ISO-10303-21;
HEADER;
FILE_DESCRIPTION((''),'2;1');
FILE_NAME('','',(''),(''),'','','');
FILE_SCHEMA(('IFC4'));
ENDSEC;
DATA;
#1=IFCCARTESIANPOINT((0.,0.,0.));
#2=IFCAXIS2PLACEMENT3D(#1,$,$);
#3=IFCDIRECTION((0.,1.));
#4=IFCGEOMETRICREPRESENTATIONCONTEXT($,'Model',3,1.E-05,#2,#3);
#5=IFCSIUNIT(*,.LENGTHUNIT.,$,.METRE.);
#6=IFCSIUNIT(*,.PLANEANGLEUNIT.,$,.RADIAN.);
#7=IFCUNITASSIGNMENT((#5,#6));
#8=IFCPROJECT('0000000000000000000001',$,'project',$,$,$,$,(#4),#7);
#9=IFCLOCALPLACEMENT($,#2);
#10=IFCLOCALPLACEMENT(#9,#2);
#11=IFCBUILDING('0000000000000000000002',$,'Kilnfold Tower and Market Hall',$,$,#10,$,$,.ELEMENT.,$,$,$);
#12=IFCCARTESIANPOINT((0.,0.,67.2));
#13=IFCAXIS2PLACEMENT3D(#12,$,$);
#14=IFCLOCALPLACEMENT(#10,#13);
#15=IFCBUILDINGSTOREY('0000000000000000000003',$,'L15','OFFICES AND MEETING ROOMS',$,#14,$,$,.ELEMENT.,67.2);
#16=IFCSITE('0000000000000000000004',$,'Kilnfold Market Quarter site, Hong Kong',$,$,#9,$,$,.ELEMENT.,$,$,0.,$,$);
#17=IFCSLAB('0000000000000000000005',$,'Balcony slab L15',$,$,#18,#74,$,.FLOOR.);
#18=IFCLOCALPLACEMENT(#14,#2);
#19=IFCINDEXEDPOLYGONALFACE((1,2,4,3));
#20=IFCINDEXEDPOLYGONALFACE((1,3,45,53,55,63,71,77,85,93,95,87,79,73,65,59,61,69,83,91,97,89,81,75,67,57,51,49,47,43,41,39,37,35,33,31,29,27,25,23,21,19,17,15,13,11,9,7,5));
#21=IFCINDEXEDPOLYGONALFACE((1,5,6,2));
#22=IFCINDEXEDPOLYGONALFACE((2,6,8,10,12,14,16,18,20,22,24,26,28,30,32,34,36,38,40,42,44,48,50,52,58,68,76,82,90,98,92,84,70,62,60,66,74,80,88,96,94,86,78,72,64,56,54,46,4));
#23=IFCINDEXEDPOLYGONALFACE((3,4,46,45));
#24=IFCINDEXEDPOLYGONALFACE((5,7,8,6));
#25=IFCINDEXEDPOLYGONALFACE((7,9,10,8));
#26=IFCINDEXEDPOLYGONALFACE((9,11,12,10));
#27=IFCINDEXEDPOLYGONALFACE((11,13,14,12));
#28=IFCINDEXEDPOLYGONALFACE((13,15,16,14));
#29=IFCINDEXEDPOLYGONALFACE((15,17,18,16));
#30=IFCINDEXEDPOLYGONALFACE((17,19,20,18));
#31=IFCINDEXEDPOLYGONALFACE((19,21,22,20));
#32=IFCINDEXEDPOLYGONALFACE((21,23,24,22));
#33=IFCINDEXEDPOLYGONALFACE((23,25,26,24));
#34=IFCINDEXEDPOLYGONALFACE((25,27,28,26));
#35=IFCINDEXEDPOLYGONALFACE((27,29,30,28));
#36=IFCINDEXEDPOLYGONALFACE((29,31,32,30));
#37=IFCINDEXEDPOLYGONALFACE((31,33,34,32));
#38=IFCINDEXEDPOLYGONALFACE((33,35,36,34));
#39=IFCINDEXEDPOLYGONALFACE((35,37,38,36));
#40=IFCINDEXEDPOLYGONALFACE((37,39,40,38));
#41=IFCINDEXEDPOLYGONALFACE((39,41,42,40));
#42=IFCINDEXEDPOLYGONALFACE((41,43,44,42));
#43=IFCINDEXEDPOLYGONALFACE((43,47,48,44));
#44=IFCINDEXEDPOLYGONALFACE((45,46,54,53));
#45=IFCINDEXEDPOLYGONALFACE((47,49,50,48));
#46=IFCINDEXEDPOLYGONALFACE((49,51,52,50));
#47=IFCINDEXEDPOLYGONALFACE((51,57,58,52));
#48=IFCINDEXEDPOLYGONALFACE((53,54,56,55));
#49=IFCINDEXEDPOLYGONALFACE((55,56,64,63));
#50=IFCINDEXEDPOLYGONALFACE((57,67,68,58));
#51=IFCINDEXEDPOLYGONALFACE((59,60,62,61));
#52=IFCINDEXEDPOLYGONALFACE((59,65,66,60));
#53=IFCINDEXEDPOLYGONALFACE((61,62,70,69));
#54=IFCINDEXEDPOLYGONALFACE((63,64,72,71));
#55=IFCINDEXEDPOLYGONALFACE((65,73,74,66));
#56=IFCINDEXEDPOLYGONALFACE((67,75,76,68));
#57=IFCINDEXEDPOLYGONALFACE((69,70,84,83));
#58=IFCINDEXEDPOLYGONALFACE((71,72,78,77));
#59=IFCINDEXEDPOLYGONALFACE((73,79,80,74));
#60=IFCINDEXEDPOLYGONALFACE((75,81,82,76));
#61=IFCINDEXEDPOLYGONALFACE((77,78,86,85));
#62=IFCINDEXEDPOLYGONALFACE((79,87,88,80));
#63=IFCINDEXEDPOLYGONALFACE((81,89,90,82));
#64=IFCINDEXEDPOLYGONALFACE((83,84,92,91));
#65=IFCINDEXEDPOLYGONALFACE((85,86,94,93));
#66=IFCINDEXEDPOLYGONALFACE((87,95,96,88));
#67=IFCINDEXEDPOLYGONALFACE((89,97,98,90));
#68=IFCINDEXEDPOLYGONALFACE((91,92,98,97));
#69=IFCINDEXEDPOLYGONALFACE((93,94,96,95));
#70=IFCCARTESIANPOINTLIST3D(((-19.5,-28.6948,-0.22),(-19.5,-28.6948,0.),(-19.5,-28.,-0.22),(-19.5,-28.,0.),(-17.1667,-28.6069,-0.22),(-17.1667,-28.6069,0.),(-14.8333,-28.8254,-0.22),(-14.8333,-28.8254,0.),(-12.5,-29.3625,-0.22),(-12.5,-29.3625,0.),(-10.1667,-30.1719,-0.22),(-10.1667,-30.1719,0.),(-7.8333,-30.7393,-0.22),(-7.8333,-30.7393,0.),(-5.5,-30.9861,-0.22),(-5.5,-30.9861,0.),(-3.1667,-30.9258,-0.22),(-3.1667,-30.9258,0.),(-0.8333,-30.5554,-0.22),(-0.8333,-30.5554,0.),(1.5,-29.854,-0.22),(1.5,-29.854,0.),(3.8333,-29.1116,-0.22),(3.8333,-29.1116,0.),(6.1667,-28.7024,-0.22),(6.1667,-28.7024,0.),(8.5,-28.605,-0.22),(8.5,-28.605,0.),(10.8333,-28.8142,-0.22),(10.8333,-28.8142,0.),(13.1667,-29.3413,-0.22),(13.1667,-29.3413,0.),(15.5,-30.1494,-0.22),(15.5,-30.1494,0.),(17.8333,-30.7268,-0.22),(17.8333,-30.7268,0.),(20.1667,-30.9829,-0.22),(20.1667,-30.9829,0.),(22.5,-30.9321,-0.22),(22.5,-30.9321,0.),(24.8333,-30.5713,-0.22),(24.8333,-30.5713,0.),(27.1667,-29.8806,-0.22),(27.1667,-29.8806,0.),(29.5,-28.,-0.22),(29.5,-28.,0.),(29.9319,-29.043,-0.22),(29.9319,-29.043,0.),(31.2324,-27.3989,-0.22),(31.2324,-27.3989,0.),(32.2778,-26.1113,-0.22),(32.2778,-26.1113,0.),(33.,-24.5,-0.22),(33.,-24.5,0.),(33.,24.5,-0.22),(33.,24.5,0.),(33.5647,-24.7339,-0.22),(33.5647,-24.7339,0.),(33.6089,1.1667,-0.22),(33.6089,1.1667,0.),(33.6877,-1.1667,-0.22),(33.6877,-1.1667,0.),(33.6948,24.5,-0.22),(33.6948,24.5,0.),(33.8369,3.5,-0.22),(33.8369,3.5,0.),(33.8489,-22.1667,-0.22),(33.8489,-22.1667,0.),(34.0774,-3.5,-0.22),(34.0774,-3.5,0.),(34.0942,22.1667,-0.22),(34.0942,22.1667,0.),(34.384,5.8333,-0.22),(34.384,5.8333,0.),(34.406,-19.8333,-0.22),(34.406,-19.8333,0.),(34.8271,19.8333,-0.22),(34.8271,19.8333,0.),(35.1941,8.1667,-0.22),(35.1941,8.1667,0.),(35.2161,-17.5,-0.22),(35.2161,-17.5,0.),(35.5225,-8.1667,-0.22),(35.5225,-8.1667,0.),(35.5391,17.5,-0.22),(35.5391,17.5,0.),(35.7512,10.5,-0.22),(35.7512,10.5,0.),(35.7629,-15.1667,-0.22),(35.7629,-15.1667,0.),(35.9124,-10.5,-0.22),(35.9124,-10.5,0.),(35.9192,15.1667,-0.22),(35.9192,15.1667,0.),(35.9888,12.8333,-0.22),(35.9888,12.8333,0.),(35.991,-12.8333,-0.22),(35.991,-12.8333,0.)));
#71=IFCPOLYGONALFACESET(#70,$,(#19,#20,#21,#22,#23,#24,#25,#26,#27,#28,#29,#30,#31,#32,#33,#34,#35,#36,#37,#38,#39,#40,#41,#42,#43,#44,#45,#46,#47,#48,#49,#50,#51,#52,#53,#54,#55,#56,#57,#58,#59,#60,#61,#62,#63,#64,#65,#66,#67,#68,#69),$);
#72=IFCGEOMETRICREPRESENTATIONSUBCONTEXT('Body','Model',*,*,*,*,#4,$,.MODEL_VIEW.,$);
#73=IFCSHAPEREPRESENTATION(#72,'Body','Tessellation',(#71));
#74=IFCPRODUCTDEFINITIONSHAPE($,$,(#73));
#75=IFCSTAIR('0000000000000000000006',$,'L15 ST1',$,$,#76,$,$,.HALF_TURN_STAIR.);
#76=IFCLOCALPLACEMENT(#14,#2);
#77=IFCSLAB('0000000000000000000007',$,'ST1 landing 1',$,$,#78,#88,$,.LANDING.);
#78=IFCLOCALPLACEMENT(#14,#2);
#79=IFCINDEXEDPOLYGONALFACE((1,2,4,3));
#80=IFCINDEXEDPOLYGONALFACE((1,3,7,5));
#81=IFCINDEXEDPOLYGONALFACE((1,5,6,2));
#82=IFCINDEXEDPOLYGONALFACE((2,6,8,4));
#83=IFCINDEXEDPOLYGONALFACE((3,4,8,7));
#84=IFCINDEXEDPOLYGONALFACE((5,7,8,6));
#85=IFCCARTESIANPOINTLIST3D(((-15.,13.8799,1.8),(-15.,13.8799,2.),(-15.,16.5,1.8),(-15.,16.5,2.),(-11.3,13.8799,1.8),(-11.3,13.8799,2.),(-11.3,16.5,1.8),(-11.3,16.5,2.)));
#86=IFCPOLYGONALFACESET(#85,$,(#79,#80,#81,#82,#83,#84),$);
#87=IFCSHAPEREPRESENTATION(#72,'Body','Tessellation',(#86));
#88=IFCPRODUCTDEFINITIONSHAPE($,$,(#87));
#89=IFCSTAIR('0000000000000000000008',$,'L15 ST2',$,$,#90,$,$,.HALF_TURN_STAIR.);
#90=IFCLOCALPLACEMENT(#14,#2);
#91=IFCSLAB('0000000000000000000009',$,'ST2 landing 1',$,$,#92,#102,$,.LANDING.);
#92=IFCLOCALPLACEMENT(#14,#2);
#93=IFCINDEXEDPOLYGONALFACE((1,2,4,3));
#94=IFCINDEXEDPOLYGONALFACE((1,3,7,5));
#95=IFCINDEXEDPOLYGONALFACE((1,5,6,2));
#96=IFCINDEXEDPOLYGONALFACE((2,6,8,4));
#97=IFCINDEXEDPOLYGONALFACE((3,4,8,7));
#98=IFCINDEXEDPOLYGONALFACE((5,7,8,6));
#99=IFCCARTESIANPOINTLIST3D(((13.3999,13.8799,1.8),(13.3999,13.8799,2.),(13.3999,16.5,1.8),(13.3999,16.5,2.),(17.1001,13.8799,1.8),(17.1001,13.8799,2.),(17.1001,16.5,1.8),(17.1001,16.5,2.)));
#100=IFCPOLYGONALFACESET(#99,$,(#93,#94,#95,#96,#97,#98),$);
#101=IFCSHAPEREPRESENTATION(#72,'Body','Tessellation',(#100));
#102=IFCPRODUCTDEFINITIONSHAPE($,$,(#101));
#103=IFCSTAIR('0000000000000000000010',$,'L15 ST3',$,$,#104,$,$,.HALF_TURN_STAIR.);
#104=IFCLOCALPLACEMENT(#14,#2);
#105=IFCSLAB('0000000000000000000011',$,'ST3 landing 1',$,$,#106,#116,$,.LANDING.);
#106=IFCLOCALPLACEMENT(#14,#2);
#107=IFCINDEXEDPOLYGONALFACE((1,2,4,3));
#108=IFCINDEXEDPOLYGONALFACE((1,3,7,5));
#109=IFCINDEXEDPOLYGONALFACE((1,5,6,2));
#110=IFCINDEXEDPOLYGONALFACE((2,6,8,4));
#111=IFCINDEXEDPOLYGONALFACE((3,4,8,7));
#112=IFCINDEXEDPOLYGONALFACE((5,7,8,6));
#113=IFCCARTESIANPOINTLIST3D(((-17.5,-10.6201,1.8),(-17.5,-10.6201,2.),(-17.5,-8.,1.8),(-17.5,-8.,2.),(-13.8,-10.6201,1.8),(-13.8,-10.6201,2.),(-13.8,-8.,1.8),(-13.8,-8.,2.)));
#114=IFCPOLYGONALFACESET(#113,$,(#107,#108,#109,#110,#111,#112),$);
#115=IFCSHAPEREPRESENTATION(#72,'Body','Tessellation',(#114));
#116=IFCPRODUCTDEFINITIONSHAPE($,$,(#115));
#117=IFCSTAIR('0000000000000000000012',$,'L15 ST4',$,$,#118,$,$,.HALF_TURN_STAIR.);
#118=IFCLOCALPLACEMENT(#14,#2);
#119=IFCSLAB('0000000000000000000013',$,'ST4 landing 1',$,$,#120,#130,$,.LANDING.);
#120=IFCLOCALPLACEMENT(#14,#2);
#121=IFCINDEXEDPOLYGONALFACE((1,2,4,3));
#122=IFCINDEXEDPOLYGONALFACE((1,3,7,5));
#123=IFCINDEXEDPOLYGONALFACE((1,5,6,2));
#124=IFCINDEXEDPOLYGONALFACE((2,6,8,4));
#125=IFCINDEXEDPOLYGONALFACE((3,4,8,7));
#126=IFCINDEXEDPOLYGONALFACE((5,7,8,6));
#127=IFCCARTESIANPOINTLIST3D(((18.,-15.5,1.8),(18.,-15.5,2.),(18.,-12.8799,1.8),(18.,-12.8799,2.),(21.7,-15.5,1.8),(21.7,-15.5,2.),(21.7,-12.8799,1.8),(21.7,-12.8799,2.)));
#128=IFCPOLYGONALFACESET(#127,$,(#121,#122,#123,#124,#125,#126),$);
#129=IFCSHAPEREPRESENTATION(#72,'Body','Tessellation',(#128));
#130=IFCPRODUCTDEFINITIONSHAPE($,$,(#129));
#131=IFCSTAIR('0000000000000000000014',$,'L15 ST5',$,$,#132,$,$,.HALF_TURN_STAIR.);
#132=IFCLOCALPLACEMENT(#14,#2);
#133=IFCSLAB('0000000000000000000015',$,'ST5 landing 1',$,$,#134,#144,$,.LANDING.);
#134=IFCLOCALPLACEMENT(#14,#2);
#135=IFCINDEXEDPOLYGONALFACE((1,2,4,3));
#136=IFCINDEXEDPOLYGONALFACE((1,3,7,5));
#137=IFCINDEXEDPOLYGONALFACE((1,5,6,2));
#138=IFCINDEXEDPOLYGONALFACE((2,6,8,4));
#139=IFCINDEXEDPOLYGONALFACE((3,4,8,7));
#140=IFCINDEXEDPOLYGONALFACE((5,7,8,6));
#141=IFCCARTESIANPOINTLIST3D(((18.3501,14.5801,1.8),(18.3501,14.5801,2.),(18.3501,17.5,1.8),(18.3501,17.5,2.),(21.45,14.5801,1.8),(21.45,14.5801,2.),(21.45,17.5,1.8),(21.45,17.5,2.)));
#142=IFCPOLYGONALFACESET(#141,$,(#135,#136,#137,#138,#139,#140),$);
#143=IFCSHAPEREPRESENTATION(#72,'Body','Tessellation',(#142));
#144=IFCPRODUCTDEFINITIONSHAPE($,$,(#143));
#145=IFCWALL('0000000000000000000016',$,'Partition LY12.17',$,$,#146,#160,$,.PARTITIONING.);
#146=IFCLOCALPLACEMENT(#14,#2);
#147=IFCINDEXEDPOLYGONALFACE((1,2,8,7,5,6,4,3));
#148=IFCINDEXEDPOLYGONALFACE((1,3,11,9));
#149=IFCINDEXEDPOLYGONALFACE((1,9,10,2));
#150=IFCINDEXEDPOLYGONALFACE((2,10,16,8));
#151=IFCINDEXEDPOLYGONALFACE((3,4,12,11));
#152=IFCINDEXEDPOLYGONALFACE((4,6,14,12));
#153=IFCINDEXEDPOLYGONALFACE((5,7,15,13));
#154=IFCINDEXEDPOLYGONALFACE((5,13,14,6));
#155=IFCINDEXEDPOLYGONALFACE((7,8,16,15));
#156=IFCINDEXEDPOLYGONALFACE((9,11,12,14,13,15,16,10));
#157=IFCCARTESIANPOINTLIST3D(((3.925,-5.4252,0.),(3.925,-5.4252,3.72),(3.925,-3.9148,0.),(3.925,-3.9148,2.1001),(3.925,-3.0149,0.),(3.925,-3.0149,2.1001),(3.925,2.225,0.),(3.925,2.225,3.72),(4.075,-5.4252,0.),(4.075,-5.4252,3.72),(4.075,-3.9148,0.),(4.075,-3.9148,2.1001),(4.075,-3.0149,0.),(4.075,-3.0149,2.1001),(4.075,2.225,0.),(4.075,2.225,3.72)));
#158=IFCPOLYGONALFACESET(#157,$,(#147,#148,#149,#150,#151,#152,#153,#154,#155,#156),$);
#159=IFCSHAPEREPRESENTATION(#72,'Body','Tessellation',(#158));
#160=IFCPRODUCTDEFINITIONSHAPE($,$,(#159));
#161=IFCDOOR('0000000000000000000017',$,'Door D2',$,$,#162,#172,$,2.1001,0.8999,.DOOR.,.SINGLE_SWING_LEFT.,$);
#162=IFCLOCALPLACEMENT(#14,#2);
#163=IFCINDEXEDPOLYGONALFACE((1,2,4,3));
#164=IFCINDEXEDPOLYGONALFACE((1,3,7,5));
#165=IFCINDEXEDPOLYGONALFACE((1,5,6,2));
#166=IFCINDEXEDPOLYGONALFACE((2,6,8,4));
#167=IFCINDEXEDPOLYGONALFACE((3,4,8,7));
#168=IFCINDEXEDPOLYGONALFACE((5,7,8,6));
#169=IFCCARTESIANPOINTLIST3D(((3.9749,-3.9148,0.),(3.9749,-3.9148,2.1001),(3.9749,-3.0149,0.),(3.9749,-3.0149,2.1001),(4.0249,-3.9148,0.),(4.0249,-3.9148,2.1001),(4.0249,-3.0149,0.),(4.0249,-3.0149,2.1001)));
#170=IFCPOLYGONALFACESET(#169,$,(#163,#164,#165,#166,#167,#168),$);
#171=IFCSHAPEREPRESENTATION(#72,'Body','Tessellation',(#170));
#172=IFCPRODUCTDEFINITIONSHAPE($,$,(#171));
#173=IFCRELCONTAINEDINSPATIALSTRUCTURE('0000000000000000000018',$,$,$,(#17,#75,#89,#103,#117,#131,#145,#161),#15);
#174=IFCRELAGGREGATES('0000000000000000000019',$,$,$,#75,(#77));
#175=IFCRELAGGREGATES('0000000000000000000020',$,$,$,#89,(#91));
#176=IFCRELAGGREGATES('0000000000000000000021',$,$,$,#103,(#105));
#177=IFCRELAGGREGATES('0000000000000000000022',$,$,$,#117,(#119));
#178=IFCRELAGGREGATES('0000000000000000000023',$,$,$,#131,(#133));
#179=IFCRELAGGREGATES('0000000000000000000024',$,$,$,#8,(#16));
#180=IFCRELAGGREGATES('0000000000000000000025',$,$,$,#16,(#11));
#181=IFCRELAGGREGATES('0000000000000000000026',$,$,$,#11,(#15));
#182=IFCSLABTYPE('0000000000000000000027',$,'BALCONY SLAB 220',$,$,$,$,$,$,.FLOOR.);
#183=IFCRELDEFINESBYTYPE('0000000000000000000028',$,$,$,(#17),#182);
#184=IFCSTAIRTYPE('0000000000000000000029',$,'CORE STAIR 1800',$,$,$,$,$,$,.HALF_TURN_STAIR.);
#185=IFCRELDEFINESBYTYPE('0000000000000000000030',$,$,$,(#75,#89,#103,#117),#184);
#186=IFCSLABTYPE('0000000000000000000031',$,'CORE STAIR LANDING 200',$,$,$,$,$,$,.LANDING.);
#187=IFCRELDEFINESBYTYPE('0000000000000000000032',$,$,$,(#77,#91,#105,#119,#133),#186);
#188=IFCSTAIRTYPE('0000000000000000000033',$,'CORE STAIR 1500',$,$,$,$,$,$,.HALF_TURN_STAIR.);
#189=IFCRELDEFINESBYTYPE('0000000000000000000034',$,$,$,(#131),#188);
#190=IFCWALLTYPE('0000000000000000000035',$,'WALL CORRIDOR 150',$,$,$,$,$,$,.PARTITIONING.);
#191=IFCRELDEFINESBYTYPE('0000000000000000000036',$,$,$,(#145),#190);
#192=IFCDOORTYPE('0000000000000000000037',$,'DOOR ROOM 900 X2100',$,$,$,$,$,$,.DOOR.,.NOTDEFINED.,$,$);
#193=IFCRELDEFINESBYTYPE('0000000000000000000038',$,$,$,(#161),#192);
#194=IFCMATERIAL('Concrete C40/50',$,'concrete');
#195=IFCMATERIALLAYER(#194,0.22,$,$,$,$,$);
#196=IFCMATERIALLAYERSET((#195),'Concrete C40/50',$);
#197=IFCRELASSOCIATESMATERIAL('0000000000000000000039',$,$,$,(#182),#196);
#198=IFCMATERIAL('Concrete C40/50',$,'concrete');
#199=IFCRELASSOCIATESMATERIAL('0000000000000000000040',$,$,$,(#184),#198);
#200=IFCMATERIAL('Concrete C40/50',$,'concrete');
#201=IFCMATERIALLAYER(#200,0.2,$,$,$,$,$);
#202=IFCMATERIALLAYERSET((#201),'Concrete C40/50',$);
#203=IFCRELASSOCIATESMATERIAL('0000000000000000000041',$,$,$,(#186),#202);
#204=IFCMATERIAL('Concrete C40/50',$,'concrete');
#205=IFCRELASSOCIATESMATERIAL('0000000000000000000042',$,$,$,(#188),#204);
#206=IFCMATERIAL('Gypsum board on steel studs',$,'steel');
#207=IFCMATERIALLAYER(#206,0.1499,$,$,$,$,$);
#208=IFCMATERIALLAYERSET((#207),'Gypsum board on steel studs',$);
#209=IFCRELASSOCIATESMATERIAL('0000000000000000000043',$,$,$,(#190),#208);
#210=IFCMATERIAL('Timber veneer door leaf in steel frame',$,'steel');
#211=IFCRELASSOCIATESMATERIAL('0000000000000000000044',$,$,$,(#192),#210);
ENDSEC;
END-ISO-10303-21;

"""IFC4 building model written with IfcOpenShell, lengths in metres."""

from ifc_helpers import new_model, si_unit, direction, frame, frame_2d, origin, place, context, subcontext, project, spatial, polyline, rectangle, outline, extrude, source, transform, mapped, material, layer, layer_set, type_object, element, fill, aggregate, save


model = new_model("IFC4")

# Units and contexts
model_context = context("Model", 3, precision=1e-05, world=origin(), true_north=direction((0.0, 1.0)))
body_context = subcontext(model_context, "Body", "Model", "MODEL_VIEW")
ifc_project = project(units=[si_unit("LENGTHUNIT", "METRE"), si_unit("PLANEANGLEUNIT", "RADIAN")], contexts=[model_context])

# Site, building, storey
site_placement = place(None, origin())
site = spatial("IfcSite", under=ifc_project, at=site_placement, Name="Kilnfold Market Quarter site, Hong Kong", CompositionType="ELEMENT", RefElevation=0.0)
building_placement = place(site_placement, origin())
building = spatial("IfcBuilding", under=site, at=building_placement, Name="Kilnfold Tower and Market Hall", CompositionType="ELEMENT")
storey_placement = place(building_placement, frame((0.0, 0.0, 67.2)))
storey = spatial("IfcBuildingStorey", under=building, at=storey_placement, Name="L15", Description="OFFICES AND MEETING ROOMS", CompositionType="ELEMENT", Elevation=67.2)

# Slab
ifc_material_1 = material(Name="Concrete C40/50", Category="concrete")
ifc_layer_1 = layer(ifc_material_1, 0.22)
ifc_layer_set_1 = layer_set([ifc_layer_1], Name="Concrete C40/50")
slab_type_1 = type_object("IfcSlabType", Name="BALCONY SLAB 220", PredefinedType="FLOOR", material=ifc_layer_set_1)
shared_shape_1 = source(origin(), body_context, "Body", "SweptSolid", [
    extrude(outline(polyline([(-19.5, -28.0), (29.5, -28.0), (33.0, -24.5), (33.0, 24.5), (33.6948, 24.5), (34.0942, 22.1667), (34.8271, 19.8333), (35.5391, 17.5), (35.9192, 15.1667), (35.9888, 12.8333), (35.7512, 10.5), (35.1941, 8.1667), (34.384, 5.8333), (33.8369, 3.5), (33.6089, 1.1667), (33.6877, -1.1667), (34.0774, -3.5), (35.5225, -8.1667), (35.9124, -10.5), (35.991, -12.8333), (35.7629, -15.1667), (35.2161, -17.5), (34.406, -19.8333), (33.8489, -22.1667), (33.5647, -24.7339), (32.2778, -26.1113), (31.2324, -27.3989), (29.9319, -29.043), (27.1667, -29.8806), (24.8333, -30.5713), (22.5, -30.9321), (20.1667, -30.9829), (17.8333, -30.7268), (15.5, -30.1494), (13.1667, -29.3413), (10.8333, -28.8142), (8.5, -28.605), (6.1667, -28.7024), (3.8333, -29.1116), (1.5, -29.854), (-0.8333, -30.5554), (-3.1667, -30.9258), (-5.5, -30.9861), (-7.8333, -30.7393), (-10.1667, -30.1719), (-12.5, -29.3625), (-14.8333, -28.8254), (-17.1667, -28.6069), (-19.5, -28.6948), (-19.5, -28.0)])), origin(), (0.0, 0.0, 1.0), 0.22),
])
slab_1_placement = place(storey_placement, frame((0.0, 0.0, -0.22)))
element("IfcSlab", 1, at=slab_1_placement, inside=storey, type_object=slab_type_1, Name="Balcony slab L15", PredefinedType="FLOOR", context=body_context, shape_type="MappedRepresentation", body=[
    mapped(shared_shape_1, transform((0.0, 0.0, 0.0))),
])

# Stairs, slabs
ifc_material_2 = material(Name="Concrete C40/50", Category="concrete")
stair_type_1 = type_object("IfcStairType", Name="CORE STAIR 1800", PredefinedType="HALF_TURN_STAIR", material=ifc_material_2)
stair_1_placement = place(storey_placement, origin())
stair_1 = element("IfcStair", 2, at=stair_1_placement, inside=storey, type_object=stair_type_1, Name="L15 ST1", PredefinedType="HALF_TURN_STAIR")
ifc_material_3 = material(Name="Concrete C40/50", Category="concrete")
ifc_layer_2 = layer(ifc_material_3, 0.2)
ifc_layer_set_2 = layer_set([ifc_layer_2], Name="Concrete C40/50")
slab_type_2 = type_object("IfcSlabType", Name="CORE STAIR LANDING 200", PredefinedType="LANDING", material=ifc_layer_set_2)
shared_shape_2 = source(origin(), body_context, "Body", "SweptSolid", [
    extrude(outline(polyline([(-11.3, 13.8799), (-11.3, 16.5), (-15.0, 16.5), (-15.0, 13.8799), (-11.3, 13.8799)])), origin(), (0.0, 0.0, 1.0), 0.2),
])
slab_2_placement = place(storey_placement, frame((0.0, 0.0, 1.8)))
slab_2 = element("IfcSlab", 3, at=slab_2_placement, type_object=slab_type_2, Name="ST1 landing 1", PredefinedType="LANDING", context=body_context, shape_type="MappedRepresentation", body=[
    mapped(shared_shape_2, transform((0.0, 0.0, 0.0))),
])
aggregate(stair_1, [slab_2])
stair_2_placement = place(storey_placement, origin())
stair_2 = element("IfcStair", 4, at=stair_2_placement, inside=storey, type_object=stair_type_1, Name="L15 ST2", PredefinedType="HALF_TURN_STAIR")
shared_shape_3 = source(origin(), body_context, "Body", "SweptSolid", [
    extrude(outline(polyline([(17.1001, 13.8799), (17.1001, 16.5), (13.3999, 16.5), (13.3999, 13.8799), (17.1001, 13.8799)])), origin(), (0.0, 0.0, 1.0), 0.2),
])
slab_3_placement = place(storey_placement, frame((0.0, 0.0, 1.8)))
slab_3 = element("IfcSlab", 5, at=slab_3_placement, type_object=slab_type_2, Name="ST2 landing 1", PredefinedType="LANDING", context=body_context, shape_type="MappedRepresentation", body=[
    mapped(shared_shape_3, transform((0.0, 0.0, 0.0))),
])
aggregate(stair_2, [slab_3])
stair_3_placement = place(storey_placement, origin())
stair_3 = element("IfcStair", 6, at=stair_3_placement, inside=storey, type_object=stair_type_1, Name="L15 ST3", PredefinedType="HALF_TURN_STAIR")
shared_shape_4 = source(origin(), body_context, "Body", "SweptSolid", [
    extrude(outline(polyline([(-13.8, -10.6201), (-13.8, -8.0), (-17.5, -8.0), (-17.5, -10.6201), (-13.8, -10.6201)])), origin(), (0.0, 0.0, 1.0), 0.2),
])
slab_4_placement = place(storey_placement, frame((0.0, 0.0, 1.8)))
slab_4 = element("IfcSlab", 7, at=slab_4_placement, type_object=slab_type_2, Name="ST3 landing 1", PredefinedType="LANDING", context=body_context, shape_type="MappedRepresentation", body=[
    mapped(shared_shape_4, transform((0.0, 0.0, 0.0))),
])
aggregate(stair_3, [slab_4])
stair_4_placement = place(storey_placement, origin())
stair_4 = element("IfcStair", 8, at=stair_4_placement, inside=storey, type_object=stair_type_1, Name="L15 ST4", PredefinedType="HALF_TURN_STAIR")
shared_shape_5 = source(origin(), body_context, "Body", "SweptSolid", [
    extrude(outline(polyline([(18.0, -12.8799), (18.0, -15.5), (21.7, -15.5), (21.7, -12.8799), (18.0, -12.8799)])), origin(), (0.0, 0.0, 1.0), 0.2),
])
slab_5_placement = place(storey_placement, frame((0.0, 0.0, 1.8)))
slab_5 = element("IfcSlab", 9, at=slab_5_placement, type_object=slab_type_2, Name="ST4 landing 1", PredefinedType="LANDING", context=body_context, shape_type="MappedRepresentation", body=[
    mapped(shared_shape_5, transform((0.0, 0.0, 0.0))),
])
aggregate(stair_4, [slab_5])
ifc_material_4 = material(Name="Concrete C40/50", Category="concrete")
stair_type_2 = type_object("IfcStairType", Name="CORE STAIR 1500", PredefinedType="HALF_TURN_STAIR", material=ifc_material_4)
stair_5_placement = place(storey_placement, origin())
stair_5 = element("IfcStair", 10, at=stair_5_placement, inside=storey, type_object=stair_type_2, Name="L15 ST5", PredefinedType="HALF_TURN_STAIR")
shared_shape_6 = source(origin(), body_context, "Body", "SweptSolid", [
    extrude(outline(polyline([(21.45, 14.5801), (21.45, 17.5), (18.3501, 17.5), (18.3501, 14.5801), (21.45, 14.5801)])), origin(), (0.0, 0.0, 1.0), 0.2),
])
slab_6_placement = place(storey_placement, frame((0.0, 0.0, 1.8)))
slab_6 = element("IfcSlab", 11, at=slab_6_placement, type_object=slab_type_2, Name="ST5 landing 1", PredefinedType="LANDING", context=body_context, shape_type="MappedRepresentation", body=[
    mapped(shared_shape_6, transform((0.0, 0.0, 0.0))),
])
aggregate(stair_5, [slab_6])

# Wall, opening, door
ifc_material_5 = material(Name="Gypsum board on steel studs", Category="steel")
ifc_layer_3 = layer(ifc_material_5, 0.1499)
ifc_layer_set_3 = layer_set([ifc_layer_3], Name="Gypsum board on steel studs")
wall_type_1 = type_object("IfcWallType", Name="WALL CORRIDOR 150", PredefinedType="PARTITIONING", material=ifc_layer_set_3)
wall_1_placement = place(storey_placement, frame((4.0, 2.2251, 0.0), z_axis=(0.0, 0.0, 1.0), x_axis=(0.0, -1.0, 0.0)))
wall_1 = element("IfcWall", 12, at=wall_1_placement, inside=storey, type_object=wall_type_1, Name="Partition LY12.17", PredefinedType="PARTITIONING", context=body_context, shape_type="SweptSolid", body=[
    extrude(rectangle(XDim=7.6501, YDim=0.1499, at=frame_2d((3.8252, 0.0))), origin(), (0.0, 0.0, 1.0), 3.72),
])
opening_1_placement = place(wall_1_placement, frame((5.24, 0.0, 0.0)))
opening_1 = element("IfcOpeningElement", 13, at=opening_1_placement, cuts=wall_1, PredefinedType="OPENING", context=body_context, shape_type="SweptSolid", body=[
    extrude(rectangle(XDim=0.8999, YDim=2.1001, at=frame_2d((0.45, 1.05))), frame((0.0, 0.085, 0.0), z_axis=(0.0, -1.0, 0.0), x_axis=(1.0, 0.0, 0.0)), (0.0, 0.0, 1.0), 0.1699),
])
ifc_material_6 = material(Name="Timber veneer door leaf in steel frame", Category="steel")
door_type_1 = type_object("IfcDoorType", Name="DOOR ROOM 900 X2100", OperationType="NOTDEFINED", PredefinedType="DOOR", material=ifc_material_6)
door_1_placement = place(opening_1_placement, origin())
door_1 = element("IfcDoor", 14, at=door_1_placement, inside=storey, type_object=door_type_1, Name="Door D2", OperationType="SINGLE_SWING_LEFT", OverallHeight=2.1001, OverallWidth=0.8999, PredefinedType="DOOR", context=body_context, shape_type="SweptSolid", body=[
    extrude(rectangle(XDim=0.8999, YDim=2.1001, at=frame_2d((0.45, 1.05))), frame((0.0, 0.0249, 0.0), z_axis=(0.0, -1.0, 0.0), x_axis=(1.0, 0.0, 0.0)), (0.0, 0.0, 1.0), 0.05),
])
fill(opening_1, door_1)

save(model, "model.ifc")
